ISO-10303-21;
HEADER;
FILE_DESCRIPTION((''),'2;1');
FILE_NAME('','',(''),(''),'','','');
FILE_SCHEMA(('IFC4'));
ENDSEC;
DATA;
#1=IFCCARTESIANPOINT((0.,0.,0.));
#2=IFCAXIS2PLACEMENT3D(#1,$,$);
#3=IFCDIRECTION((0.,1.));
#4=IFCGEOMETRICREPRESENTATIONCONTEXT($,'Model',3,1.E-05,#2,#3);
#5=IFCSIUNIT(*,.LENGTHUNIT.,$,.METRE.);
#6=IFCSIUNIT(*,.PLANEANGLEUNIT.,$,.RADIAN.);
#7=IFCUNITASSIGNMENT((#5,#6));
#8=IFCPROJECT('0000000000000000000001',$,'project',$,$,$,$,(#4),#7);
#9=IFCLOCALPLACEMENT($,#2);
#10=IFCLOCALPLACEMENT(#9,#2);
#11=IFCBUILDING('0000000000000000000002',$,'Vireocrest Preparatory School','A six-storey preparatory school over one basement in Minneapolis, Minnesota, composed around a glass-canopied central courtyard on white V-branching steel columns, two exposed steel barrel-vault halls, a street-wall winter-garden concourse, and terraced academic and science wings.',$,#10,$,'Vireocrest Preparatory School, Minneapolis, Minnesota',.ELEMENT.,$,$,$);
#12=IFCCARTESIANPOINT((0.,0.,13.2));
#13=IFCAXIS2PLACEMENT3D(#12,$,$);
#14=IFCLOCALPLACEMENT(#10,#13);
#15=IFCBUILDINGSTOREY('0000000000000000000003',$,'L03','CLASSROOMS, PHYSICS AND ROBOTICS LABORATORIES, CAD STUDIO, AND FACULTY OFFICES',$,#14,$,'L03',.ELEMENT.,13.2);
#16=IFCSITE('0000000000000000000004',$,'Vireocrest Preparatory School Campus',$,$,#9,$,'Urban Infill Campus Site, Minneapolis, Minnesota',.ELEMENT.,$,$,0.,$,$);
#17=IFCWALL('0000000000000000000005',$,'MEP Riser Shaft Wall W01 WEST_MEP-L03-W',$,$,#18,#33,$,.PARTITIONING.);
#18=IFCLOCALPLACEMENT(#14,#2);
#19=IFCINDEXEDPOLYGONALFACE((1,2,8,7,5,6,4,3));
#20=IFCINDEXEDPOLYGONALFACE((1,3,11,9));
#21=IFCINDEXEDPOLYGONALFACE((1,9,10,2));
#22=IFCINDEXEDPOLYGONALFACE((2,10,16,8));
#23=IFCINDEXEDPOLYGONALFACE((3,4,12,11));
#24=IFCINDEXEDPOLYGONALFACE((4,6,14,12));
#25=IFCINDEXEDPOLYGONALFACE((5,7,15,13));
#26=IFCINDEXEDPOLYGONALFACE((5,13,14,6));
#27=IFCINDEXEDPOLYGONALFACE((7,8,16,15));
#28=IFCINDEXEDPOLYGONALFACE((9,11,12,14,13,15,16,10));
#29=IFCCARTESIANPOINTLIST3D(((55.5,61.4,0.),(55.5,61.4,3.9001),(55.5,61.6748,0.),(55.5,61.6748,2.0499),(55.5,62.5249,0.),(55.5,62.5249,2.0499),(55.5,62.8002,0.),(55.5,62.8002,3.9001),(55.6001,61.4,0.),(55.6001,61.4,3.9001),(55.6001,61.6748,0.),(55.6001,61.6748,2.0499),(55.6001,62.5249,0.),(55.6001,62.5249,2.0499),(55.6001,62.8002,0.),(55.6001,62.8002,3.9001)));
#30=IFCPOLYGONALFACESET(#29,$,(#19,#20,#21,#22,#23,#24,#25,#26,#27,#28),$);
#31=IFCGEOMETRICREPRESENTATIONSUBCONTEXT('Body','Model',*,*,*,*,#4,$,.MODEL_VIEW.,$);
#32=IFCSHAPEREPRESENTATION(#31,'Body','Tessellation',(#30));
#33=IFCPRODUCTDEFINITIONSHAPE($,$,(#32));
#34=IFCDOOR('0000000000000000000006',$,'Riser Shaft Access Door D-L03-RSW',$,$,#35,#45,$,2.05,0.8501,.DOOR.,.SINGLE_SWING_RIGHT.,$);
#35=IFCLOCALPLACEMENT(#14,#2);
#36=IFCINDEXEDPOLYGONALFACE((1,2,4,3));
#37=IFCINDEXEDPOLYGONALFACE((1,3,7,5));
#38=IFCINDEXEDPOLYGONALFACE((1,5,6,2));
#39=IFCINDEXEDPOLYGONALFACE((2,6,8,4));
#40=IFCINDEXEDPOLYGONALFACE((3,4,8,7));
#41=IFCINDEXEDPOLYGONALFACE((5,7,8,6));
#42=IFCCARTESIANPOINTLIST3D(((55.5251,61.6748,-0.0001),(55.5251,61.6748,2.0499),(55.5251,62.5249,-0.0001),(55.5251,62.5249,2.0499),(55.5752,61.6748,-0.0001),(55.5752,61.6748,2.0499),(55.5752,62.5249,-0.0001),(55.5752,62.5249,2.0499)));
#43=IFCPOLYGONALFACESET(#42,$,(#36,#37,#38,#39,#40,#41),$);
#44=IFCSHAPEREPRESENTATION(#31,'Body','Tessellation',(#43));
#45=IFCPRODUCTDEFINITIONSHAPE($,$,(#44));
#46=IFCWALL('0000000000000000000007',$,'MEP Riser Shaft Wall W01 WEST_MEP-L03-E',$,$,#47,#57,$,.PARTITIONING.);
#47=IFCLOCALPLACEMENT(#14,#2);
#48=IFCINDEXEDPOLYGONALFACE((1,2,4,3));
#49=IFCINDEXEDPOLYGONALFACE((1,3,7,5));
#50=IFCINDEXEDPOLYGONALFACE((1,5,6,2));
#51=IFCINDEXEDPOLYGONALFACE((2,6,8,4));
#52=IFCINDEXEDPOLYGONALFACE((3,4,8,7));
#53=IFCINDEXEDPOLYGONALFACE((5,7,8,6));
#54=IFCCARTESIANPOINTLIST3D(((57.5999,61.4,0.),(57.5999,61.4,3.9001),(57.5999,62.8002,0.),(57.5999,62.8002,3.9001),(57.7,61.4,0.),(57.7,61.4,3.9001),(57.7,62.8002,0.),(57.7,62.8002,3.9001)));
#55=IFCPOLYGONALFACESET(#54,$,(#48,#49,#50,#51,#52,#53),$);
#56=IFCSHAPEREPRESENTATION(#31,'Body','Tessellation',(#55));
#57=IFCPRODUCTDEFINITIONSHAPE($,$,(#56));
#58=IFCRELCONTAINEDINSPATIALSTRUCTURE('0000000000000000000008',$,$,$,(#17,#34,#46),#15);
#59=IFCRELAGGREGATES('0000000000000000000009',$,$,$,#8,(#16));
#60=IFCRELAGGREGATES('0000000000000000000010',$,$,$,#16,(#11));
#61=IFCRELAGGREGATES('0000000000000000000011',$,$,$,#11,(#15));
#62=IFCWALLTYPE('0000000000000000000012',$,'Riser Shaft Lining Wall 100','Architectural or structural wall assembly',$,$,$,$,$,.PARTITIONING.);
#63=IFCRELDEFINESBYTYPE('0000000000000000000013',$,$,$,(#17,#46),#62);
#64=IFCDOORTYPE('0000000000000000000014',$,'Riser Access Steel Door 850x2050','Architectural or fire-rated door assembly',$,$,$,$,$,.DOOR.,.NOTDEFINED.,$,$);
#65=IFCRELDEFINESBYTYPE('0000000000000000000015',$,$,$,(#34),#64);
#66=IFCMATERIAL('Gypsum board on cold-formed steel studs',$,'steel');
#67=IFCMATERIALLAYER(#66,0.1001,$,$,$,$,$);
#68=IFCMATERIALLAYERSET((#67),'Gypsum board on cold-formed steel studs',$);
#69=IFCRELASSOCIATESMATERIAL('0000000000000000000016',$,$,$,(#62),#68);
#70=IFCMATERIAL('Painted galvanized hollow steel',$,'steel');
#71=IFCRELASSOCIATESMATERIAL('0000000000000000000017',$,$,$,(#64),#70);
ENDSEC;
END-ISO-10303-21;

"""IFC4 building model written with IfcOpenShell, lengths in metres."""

from ifc_helpers import new_model, si_unit, direction, frame, frame_2d, origin, place, context, subcontext, project, spatial, rectangle, extrude, material, layer, layer_set, type_object, element, fill, save


model = new_model("IFC4")

# Units and contexts
model_context = context("Model", 3, precision=1e-05, world=origin(), true_north=direction((0.0, 1.0)))
body_context = subcontext(model_context, "Body", "Model", "MODEL_VIEW")
ifc_project = project(units=[si_unit("LENGTHUNIT", "METRE"), si_unit("PLANEANGLEUNIT", "RADIAN")], contexts=[model_context])

# Site, building, storey
site_placement = place(None, origin())
site = spatial("IfcSite", under=ifc_project, at=site_placement, Name="Vireocrest Preparatory School Campus", LongName="Urban Infill Campus Site, Minneapolis, Minnesota", CompositionType="ELEMENT", RefElevation=0.0)
building_placement = place(site_placement, origin())
building = spatial("IfcBuilding", under=site, at=building_placement, Name="Vireocrest Preparatory School", Description="A six-storey preparatory school over one basement in Minneapolis, Minnesota, composed around a glass-canopied central courtyard on white V-branching steel columns, two exposed steel barrel-vault halls, a street-wall winter-garden concourse, and terraced academic and science wings.", LongName="Vireocrest Preparatory School, Minneapolis, Minnesota", CompositionType="ELEMENT")
storey_placement = place(building_placement, frame((0.0, 0.0, 13.2)))
storey = spatial("IfcBuildingStorey", under=building, at=storey_placement, Name="L03", Description="CLASSROOMS, PHYSICS AND ROBOTICS LABORATORIES, CAD STUDIO, AND FACULTY OFFICES", LongName="L03", CompositionType="ELEMENT", Elevation=13.2)

# Shared definitions
ifc_material_1 = material(Name="Gypsum board on cold-formed steel studs", Category="steel")

# Shared definitions
ifc_layer_1 = layer(ifc_material_1, 0.1001)
ifc_layer_set_1 = layer_set([ifc_layer_1], Name="Gypsum board on cold-formed steel studs")
wall_type_1 = type_object("IfcWallType", Name="Riser Shaft Lining Wall 100", Description="Architectural or structural wall assembly", PredefinedType="PARTITIONING", material=ifc_layer_set_1)

# Wall, opening, door
wall_1_placement = place(storey_placement, frame((55.55, 61.3999, 0.0), z_axis=(0.0, 0.0, 1.0), x_axis=(0.0, 1.0, 0.0)))
wall_1 = element("IfcWall", 1, at=wall_1_placement, inside=storey, type_object=wall_type_1, Name="MEP Riser Shaft Wall W01 WEST_MEP-L03-W", PredefinedType="PARTITIONING", context=body_context, shape_type="SweptSolid", body=[
    extrude(rectangle(XDim=1.4001, YDim=0.1001, at=frame_2d((0.7002, 0.0))), origin(), (0.0, 0.0, 1.0), 3.9001),
])
opening_1_placement = place(wall_1_placement, frame((0.2749, 0.0, 0.0)))
opening_1 = element("IfcOpeningElement", 2, at=opening_1_placement, cuts=wall_1, PredefinedType="OPENING", context=body_context, shape_type="SweptSolid", body=[
    extrude(rectangle(XDim=0.8501, YDim=2.05, at=frame_2d((0.425, 1.0249))), frame((0.0, 0.0601, 0.0), z_axis=(0.0, -1.0, 0.0), x_axis=(1.0, 0.0, 0.0)), (0.0, 0.0, 1.0), 0.1201),
])
ifc_material_2 = material(Name="Painted galvanized hollow steel", Category="steel")
door_type_1 = type_object("IfcDoorType", Name="Riser Access Steel Door 850x2050", Description="Architectural or fire-rated door assembly", OperationType="NOTDEFINED", PredefinedType="DOOR", material=ifc_material_2)
door_1_placement = place(opening_1_placement, origin())
door_1 = element("IfcDoor", 3, at=door_1_placement, inside=storey, type_object=door_type_1, Name="Riser Shaft Access Door D-L03-RSW", OperationType="SINGLE_SWING_RIGHT", OverallHeight=2.05, OverallWidth=0.8501, PredefinedType="DOOR", context=body_context, shape_type="SweptSolid", body=[
    extrude(rectangle(XDim=0.8501, YDim=2.05, at=frame_2d((0.425, 1.0249))), frame((0.0, 0.0249, 0.0), z_axis=(0.0, -1.0, 0.0), x_axis=(1.0, 0.0, 0.0)), (0.0, 0.0, 1.0), 0.05),
])
fill(opening_1, door_1)

# Wall
wall_2_placement = place(storey_placement, frame((57.6499, 61.3999, 0.0), z_axis=(0.0, 0.0, 1.0), x_axis=(0.0, 1.0, 0.0)))
element("IfcWall", 4, at=wall_2_placement, inside=storey, type_object=wall_type_1, Name="MEP Riser Shaft Wall W01 WEST_MEP-L03-E", PredefinedType="PARTITIONING", context=body_context, shape_type="SweptSolid", body=[
    extrude(rectangle(XDim=1.4001, YDim=0.1001, at=frame_2d((0.7002, 0.0))), origin(), (0.0, 0.0, 1.0), 3.9001),
])

save(model, "model.ifc")
